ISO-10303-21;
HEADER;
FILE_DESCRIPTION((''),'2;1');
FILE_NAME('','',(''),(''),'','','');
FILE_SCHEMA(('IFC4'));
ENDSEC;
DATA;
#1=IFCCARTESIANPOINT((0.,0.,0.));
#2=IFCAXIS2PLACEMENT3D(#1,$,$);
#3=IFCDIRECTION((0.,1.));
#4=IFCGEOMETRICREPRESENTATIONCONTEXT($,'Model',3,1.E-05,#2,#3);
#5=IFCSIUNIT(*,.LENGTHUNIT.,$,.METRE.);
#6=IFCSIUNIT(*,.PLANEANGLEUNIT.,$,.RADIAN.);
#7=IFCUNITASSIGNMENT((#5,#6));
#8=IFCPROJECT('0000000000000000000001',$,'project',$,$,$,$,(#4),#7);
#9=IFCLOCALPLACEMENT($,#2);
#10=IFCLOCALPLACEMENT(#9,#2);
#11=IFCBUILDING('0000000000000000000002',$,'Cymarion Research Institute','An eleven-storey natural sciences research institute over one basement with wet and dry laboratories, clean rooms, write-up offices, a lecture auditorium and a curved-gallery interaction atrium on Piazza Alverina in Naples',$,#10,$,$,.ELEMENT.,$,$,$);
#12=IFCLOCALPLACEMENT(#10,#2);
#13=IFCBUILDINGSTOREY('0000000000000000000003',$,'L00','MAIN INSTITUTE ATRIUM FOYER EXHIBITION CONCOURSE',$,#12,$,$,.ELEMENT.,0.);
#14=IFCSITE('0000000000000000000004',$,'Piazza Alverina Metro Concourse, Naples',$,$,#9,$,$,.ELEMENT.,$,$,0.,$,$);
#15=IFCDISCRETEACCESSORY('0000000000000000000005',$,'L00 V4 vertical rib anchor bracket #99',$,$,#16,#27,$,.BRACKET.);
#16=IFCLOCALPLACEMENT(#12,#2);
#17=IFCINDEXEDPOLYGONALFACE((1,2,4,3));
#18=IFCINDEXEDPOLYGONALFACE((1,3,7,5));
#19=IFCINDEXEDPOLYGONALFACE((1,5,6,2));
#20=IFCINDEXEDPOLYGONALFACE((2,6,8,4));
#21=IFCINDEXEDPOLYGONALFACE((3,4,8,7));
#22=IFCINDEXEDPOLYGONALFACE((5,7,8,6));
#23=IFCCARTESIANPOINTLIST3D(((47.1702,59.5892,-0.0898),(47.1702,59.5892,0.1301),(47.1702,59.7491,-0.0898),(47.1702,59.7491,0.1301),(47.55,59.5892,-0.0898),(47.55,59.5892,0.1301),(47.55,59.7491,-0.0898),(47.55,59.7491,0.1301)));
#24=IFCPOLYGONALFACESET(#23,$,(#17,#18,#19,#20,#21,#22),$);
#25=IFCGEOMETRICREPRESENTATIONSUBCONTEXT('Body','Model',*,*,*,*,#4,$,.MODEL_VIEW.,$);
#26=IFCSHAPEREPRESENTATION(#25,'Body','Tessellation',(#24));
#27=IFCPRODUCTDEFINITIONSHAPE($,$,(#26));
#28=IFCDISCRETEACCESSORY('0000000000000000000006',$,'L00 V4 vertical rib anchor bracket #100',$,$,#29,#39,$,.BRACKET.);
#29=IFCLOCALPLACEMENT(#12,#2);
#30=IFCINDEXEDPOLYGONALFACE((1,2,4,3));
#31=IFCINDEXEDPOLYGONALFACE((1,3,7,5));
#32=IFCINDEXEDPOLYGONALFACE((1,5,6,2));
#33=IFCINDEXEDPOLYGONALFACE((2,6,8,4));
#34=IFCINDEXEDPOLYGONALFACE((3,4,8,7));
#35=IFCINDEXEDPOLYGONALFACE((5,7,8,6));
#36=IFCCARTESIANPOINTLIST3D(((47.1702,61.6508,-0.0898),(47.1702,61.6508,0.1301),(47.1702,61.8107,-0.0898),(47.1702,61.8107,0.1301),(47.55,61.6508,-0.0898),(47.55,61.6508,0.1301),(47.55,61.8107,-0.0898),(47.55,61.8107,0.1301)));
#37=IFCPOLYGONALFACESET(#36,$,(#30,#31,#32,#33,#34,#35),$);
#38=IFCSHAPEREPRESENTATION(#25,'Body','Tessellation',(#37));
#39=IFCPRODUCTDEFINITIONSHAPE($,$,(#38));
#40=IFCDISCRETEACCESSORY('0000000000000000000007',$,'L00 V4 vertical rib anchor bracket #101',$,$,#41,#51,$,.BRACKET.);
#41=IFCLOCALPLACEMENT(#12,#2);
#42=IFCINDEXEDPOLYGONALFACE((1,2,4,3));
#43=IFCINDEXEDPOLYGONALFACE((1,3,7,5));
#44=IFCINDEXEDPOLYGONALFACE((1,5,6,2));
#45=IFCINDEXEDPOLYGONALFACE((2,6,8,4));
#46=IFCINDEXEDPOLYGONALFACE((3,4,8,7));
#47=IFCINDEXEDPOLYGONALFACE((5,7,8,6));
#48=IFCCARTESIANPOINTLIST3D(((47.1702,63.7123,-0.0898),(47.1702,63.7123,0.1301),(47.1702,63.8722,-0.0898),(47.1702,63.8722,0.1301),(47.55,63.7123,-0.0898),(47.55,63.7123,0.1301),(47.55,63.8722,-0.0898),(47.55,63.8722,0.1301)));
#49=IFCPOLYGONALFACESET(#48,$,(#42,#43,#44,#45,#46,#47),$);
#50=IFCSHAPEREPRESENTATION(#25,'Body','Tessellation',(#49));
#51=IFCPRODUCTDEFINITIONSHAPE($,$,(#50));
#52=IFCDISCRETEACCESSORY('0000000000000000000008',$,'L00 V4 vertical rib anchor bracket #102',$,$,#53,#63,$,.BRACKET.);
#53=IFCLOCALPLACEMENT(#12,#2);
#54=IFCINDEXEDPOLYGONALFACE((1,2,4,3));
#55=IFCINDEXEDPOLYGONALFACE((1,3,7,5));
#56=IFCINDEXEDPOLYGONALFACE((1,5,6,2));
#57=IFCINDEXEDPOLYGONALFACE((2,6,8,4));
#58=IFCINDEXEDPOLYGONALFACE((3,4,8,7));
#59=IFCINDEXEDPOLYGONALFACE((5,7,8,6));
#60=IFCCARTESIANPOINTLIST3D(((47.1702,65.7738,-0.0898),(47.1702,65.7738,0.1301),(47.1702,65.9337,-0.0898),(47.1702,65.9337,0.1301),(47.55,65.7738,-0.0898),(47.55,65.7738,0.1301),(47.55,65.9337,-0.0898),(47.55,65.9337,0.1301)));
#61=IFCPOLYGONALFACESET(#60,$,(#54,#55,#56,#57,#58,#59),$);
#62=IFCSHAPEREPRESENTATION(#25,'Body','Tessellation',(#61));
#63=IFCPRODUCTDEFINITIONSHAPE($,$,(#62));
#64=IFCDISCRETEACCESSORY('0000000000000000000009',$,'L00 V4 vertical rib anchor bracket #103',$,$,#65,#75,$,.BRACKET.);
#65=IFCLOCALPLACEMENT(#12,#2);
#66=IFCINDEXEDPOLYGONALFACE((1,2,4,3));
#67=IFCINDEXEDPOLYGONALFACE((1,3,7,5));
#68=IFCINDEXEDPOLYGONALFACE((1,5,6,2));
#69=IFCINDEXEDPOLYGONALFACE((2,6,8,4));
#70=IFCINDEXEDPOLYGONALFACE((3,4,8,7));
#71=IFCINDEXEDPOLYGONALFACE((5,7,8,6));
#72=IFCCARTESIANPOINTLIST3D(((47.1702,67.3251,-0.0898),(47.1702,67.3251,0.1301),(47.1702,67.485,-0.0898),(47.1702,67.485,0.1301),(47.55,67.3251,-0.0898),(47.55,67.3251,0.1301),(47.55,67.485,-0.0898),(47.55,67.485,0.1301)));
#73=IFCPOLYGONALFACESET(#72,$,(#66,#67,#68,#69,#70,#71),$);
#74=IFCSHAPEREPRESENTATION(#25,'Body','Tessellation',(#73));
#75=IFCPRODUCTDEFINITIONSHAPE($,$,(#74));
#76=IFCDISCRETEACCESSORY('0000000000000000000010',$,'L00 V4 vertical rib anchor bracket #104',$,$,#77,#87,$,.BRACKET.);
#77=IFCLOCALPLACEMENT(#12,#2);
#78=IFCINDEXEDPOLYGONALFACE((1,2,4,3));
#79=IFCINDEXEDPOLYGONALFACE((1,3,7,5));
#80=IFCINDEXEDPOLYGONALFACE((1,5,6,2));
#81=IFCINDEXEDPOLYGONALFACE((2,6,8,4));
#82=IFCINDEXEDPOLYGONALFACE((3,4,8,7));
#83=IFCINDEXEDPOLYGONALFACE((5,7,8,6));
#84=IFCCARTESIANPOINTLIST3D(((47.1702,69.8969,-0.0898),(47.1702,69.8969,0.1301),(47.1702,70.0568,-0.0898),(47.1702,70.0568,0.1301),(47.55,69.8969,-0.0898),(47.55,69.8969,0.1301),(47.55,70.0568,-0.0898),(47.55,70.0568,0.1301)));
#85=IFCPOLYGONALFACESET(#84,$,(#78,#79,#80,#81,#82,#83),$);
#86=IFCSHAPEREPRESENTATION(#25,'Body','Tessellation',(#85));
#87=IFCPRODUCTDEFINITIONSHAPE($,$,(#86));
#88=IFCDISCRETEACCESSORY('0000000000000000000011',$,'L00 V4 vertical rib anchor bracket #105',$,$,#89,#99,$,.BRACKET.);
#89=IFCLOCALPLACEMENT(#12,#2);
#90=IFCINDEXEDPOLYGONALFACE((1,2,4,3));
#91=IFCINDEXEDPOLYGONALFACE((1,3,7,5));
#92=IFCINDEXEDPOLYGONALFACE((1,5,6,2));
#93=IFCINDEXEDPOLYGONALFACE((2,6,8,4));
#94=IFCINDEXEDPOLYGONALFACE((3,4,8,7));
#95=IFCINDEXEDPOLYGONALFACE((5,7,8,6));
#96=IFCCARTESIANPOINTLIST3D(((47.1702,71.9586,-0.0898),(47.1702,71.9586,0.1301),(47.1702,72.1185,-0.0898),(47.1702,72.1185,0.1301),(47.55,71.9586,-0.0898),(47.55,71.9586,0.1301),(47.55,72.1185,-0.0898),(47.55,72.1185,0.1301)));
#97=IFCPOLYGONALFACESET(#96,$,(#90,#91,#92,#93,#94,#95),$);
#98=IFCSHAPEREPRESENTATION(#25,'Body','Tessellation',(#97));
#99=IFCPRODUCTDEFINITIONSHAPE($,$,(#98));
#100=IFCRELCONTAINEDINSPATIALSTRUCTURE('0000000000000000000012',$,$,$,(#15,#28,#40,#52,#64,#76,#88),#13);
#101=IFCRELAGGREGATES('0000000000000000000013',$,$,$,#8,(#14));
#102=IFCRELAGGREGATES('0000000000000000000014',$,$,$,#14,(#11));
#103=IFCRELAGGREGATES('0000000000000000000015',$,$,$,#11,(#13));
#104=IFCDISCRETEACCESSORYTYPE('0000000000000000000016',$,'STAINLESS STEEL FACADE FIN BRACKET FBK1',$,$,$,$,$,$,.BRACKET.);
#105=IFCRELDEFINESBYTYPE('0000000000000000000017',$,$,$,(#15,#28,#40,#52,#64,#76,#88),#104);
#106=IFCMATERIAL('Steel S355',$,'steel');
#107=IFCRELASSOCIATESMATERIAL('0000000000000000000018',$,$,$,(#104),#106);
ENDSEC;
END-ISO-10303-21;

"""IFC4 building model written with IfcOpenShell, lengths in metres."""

from ifc_helpers import new_model, si_unit, direction, frame, origin, origin_2d, place, context, subcontext, project, spatial, rectangle, extrude, material, type_object, element, save


model = new_model("IFC4")

# Units and contexts
model_context = context("Model", 3, precision=1e-05, world=origin(), true_north=direction((0.0, 1.0)))
body_context = subcontext(model_context, "Body", "Model", "MODEL_VIEW")
ifc_project = project(units=[si_unit("LENGTHUNIT", "METRE"), si_unit("PLANEANGLEUNIT", "RADIAN")], contexts=[model_context])

# Site, building, storey
site_placement = place(None, origin())
site = spatial("IfcSite", under=ifc_project, at=site_placement, Name="Piazza Alverina Metro Concourse, Naples", CompositionType="ELEMENT", RefElevation=0.0)
building_placement = place(site_placement, origin())
building = spatial("IfcBuilding", under=site, at=building_placement, Name="Cymarion Research Institute", Description="An eleven-storey natural sciences research institute over one basement with wet and dry laboratories, clean rooms, write-up offices, a lecture auditorium and a curved-gallery interaction atrium on Piazza Alverina in Naples", CompositionType="ELEMENT")
storey_placement = place(building_placement, origin())
storey = spatial("IfcBuildingStorey", under=building, at=storey_placement, Name="L00", Description="MAIN INSTITUTE ATRIUM FOYER EXHIBITION CONCOURSE", CompositionType="ELEMENT", Elevation=0.0)

# Shared definitions
ifc_material_1 = material(Name="Steel S355", Category="steel")

# Discrete accessories
discrete_accessory_type = type_object("IfcDiscreteAccessoryType", Name="STAINLESS STEEL FACADE FIN BRACKET FBK1", PredefinedType="BRACKET", material=ifc_material_1)
for number, where, z_axis, x_axis, name in (
    (1, (47.3601, 59.6692, -0.0898), (0.0, 0.0, 1.0), (1.0, 0.0, 0.0), "L00 V4 vertical rib anchor bracket #99"),
    (2, (47.3601, 61.7307, -0.0898), (0.0, 0.0, 1.0), (1.0, 0.0, 0.0), "L00 V4 vertical rib anchor bracket #100"),
    (3, (47.3601, 63.7922, -0.0898), (0.0, 0.0, 1.0), (1.0, 0.0, 0.0), "L00 V4 vertical rib anchor bracket #101"),
    (4, (47.3601, 65.8538, -0.0898), (0.0, 0.0, 1.0), (1.0, 0.0, 0.0), "L00 V4 vertical rib anchor bracket #102"),
    (5, (47.3601, 67.405, -0.0898), (0.0, 0.0, 1.0), (1.0, 0.0, 0.0), "L00 V4 vertical rib anchor bracket #103"),
    (6, (47.3601, 69.9768, -0.0898), (0.0, 0.0, 1.0), (1.0, 0.0, 0.0), "L00 V4 vertical rib anchor bracket #104"),
    (7, (47.3601, 72.0386, -0.0898), (0.0, 0.0, 1.0), (1.0, 0.0, 0.0), "L00 V4 vertical rib anchor bracket #105"),
):
    element("IfcDiscreteAccessory", number, at=place(storey_placement, frame(where, z_axis=z_axis, x_axis=x_axis)), inside=storey, type_object=discrete_accessory_type, Name=name, PredefinedType="BRACKET", context=body_context, shape_type="SweptSolid", body=[
        extrude(rectangle(XDim=0.3799, YDim=0.1599, at=origin_2d()), origin(), (0.0, 0.0, 1.0), 0.22),
    ])

save(model, "model.ifc")
